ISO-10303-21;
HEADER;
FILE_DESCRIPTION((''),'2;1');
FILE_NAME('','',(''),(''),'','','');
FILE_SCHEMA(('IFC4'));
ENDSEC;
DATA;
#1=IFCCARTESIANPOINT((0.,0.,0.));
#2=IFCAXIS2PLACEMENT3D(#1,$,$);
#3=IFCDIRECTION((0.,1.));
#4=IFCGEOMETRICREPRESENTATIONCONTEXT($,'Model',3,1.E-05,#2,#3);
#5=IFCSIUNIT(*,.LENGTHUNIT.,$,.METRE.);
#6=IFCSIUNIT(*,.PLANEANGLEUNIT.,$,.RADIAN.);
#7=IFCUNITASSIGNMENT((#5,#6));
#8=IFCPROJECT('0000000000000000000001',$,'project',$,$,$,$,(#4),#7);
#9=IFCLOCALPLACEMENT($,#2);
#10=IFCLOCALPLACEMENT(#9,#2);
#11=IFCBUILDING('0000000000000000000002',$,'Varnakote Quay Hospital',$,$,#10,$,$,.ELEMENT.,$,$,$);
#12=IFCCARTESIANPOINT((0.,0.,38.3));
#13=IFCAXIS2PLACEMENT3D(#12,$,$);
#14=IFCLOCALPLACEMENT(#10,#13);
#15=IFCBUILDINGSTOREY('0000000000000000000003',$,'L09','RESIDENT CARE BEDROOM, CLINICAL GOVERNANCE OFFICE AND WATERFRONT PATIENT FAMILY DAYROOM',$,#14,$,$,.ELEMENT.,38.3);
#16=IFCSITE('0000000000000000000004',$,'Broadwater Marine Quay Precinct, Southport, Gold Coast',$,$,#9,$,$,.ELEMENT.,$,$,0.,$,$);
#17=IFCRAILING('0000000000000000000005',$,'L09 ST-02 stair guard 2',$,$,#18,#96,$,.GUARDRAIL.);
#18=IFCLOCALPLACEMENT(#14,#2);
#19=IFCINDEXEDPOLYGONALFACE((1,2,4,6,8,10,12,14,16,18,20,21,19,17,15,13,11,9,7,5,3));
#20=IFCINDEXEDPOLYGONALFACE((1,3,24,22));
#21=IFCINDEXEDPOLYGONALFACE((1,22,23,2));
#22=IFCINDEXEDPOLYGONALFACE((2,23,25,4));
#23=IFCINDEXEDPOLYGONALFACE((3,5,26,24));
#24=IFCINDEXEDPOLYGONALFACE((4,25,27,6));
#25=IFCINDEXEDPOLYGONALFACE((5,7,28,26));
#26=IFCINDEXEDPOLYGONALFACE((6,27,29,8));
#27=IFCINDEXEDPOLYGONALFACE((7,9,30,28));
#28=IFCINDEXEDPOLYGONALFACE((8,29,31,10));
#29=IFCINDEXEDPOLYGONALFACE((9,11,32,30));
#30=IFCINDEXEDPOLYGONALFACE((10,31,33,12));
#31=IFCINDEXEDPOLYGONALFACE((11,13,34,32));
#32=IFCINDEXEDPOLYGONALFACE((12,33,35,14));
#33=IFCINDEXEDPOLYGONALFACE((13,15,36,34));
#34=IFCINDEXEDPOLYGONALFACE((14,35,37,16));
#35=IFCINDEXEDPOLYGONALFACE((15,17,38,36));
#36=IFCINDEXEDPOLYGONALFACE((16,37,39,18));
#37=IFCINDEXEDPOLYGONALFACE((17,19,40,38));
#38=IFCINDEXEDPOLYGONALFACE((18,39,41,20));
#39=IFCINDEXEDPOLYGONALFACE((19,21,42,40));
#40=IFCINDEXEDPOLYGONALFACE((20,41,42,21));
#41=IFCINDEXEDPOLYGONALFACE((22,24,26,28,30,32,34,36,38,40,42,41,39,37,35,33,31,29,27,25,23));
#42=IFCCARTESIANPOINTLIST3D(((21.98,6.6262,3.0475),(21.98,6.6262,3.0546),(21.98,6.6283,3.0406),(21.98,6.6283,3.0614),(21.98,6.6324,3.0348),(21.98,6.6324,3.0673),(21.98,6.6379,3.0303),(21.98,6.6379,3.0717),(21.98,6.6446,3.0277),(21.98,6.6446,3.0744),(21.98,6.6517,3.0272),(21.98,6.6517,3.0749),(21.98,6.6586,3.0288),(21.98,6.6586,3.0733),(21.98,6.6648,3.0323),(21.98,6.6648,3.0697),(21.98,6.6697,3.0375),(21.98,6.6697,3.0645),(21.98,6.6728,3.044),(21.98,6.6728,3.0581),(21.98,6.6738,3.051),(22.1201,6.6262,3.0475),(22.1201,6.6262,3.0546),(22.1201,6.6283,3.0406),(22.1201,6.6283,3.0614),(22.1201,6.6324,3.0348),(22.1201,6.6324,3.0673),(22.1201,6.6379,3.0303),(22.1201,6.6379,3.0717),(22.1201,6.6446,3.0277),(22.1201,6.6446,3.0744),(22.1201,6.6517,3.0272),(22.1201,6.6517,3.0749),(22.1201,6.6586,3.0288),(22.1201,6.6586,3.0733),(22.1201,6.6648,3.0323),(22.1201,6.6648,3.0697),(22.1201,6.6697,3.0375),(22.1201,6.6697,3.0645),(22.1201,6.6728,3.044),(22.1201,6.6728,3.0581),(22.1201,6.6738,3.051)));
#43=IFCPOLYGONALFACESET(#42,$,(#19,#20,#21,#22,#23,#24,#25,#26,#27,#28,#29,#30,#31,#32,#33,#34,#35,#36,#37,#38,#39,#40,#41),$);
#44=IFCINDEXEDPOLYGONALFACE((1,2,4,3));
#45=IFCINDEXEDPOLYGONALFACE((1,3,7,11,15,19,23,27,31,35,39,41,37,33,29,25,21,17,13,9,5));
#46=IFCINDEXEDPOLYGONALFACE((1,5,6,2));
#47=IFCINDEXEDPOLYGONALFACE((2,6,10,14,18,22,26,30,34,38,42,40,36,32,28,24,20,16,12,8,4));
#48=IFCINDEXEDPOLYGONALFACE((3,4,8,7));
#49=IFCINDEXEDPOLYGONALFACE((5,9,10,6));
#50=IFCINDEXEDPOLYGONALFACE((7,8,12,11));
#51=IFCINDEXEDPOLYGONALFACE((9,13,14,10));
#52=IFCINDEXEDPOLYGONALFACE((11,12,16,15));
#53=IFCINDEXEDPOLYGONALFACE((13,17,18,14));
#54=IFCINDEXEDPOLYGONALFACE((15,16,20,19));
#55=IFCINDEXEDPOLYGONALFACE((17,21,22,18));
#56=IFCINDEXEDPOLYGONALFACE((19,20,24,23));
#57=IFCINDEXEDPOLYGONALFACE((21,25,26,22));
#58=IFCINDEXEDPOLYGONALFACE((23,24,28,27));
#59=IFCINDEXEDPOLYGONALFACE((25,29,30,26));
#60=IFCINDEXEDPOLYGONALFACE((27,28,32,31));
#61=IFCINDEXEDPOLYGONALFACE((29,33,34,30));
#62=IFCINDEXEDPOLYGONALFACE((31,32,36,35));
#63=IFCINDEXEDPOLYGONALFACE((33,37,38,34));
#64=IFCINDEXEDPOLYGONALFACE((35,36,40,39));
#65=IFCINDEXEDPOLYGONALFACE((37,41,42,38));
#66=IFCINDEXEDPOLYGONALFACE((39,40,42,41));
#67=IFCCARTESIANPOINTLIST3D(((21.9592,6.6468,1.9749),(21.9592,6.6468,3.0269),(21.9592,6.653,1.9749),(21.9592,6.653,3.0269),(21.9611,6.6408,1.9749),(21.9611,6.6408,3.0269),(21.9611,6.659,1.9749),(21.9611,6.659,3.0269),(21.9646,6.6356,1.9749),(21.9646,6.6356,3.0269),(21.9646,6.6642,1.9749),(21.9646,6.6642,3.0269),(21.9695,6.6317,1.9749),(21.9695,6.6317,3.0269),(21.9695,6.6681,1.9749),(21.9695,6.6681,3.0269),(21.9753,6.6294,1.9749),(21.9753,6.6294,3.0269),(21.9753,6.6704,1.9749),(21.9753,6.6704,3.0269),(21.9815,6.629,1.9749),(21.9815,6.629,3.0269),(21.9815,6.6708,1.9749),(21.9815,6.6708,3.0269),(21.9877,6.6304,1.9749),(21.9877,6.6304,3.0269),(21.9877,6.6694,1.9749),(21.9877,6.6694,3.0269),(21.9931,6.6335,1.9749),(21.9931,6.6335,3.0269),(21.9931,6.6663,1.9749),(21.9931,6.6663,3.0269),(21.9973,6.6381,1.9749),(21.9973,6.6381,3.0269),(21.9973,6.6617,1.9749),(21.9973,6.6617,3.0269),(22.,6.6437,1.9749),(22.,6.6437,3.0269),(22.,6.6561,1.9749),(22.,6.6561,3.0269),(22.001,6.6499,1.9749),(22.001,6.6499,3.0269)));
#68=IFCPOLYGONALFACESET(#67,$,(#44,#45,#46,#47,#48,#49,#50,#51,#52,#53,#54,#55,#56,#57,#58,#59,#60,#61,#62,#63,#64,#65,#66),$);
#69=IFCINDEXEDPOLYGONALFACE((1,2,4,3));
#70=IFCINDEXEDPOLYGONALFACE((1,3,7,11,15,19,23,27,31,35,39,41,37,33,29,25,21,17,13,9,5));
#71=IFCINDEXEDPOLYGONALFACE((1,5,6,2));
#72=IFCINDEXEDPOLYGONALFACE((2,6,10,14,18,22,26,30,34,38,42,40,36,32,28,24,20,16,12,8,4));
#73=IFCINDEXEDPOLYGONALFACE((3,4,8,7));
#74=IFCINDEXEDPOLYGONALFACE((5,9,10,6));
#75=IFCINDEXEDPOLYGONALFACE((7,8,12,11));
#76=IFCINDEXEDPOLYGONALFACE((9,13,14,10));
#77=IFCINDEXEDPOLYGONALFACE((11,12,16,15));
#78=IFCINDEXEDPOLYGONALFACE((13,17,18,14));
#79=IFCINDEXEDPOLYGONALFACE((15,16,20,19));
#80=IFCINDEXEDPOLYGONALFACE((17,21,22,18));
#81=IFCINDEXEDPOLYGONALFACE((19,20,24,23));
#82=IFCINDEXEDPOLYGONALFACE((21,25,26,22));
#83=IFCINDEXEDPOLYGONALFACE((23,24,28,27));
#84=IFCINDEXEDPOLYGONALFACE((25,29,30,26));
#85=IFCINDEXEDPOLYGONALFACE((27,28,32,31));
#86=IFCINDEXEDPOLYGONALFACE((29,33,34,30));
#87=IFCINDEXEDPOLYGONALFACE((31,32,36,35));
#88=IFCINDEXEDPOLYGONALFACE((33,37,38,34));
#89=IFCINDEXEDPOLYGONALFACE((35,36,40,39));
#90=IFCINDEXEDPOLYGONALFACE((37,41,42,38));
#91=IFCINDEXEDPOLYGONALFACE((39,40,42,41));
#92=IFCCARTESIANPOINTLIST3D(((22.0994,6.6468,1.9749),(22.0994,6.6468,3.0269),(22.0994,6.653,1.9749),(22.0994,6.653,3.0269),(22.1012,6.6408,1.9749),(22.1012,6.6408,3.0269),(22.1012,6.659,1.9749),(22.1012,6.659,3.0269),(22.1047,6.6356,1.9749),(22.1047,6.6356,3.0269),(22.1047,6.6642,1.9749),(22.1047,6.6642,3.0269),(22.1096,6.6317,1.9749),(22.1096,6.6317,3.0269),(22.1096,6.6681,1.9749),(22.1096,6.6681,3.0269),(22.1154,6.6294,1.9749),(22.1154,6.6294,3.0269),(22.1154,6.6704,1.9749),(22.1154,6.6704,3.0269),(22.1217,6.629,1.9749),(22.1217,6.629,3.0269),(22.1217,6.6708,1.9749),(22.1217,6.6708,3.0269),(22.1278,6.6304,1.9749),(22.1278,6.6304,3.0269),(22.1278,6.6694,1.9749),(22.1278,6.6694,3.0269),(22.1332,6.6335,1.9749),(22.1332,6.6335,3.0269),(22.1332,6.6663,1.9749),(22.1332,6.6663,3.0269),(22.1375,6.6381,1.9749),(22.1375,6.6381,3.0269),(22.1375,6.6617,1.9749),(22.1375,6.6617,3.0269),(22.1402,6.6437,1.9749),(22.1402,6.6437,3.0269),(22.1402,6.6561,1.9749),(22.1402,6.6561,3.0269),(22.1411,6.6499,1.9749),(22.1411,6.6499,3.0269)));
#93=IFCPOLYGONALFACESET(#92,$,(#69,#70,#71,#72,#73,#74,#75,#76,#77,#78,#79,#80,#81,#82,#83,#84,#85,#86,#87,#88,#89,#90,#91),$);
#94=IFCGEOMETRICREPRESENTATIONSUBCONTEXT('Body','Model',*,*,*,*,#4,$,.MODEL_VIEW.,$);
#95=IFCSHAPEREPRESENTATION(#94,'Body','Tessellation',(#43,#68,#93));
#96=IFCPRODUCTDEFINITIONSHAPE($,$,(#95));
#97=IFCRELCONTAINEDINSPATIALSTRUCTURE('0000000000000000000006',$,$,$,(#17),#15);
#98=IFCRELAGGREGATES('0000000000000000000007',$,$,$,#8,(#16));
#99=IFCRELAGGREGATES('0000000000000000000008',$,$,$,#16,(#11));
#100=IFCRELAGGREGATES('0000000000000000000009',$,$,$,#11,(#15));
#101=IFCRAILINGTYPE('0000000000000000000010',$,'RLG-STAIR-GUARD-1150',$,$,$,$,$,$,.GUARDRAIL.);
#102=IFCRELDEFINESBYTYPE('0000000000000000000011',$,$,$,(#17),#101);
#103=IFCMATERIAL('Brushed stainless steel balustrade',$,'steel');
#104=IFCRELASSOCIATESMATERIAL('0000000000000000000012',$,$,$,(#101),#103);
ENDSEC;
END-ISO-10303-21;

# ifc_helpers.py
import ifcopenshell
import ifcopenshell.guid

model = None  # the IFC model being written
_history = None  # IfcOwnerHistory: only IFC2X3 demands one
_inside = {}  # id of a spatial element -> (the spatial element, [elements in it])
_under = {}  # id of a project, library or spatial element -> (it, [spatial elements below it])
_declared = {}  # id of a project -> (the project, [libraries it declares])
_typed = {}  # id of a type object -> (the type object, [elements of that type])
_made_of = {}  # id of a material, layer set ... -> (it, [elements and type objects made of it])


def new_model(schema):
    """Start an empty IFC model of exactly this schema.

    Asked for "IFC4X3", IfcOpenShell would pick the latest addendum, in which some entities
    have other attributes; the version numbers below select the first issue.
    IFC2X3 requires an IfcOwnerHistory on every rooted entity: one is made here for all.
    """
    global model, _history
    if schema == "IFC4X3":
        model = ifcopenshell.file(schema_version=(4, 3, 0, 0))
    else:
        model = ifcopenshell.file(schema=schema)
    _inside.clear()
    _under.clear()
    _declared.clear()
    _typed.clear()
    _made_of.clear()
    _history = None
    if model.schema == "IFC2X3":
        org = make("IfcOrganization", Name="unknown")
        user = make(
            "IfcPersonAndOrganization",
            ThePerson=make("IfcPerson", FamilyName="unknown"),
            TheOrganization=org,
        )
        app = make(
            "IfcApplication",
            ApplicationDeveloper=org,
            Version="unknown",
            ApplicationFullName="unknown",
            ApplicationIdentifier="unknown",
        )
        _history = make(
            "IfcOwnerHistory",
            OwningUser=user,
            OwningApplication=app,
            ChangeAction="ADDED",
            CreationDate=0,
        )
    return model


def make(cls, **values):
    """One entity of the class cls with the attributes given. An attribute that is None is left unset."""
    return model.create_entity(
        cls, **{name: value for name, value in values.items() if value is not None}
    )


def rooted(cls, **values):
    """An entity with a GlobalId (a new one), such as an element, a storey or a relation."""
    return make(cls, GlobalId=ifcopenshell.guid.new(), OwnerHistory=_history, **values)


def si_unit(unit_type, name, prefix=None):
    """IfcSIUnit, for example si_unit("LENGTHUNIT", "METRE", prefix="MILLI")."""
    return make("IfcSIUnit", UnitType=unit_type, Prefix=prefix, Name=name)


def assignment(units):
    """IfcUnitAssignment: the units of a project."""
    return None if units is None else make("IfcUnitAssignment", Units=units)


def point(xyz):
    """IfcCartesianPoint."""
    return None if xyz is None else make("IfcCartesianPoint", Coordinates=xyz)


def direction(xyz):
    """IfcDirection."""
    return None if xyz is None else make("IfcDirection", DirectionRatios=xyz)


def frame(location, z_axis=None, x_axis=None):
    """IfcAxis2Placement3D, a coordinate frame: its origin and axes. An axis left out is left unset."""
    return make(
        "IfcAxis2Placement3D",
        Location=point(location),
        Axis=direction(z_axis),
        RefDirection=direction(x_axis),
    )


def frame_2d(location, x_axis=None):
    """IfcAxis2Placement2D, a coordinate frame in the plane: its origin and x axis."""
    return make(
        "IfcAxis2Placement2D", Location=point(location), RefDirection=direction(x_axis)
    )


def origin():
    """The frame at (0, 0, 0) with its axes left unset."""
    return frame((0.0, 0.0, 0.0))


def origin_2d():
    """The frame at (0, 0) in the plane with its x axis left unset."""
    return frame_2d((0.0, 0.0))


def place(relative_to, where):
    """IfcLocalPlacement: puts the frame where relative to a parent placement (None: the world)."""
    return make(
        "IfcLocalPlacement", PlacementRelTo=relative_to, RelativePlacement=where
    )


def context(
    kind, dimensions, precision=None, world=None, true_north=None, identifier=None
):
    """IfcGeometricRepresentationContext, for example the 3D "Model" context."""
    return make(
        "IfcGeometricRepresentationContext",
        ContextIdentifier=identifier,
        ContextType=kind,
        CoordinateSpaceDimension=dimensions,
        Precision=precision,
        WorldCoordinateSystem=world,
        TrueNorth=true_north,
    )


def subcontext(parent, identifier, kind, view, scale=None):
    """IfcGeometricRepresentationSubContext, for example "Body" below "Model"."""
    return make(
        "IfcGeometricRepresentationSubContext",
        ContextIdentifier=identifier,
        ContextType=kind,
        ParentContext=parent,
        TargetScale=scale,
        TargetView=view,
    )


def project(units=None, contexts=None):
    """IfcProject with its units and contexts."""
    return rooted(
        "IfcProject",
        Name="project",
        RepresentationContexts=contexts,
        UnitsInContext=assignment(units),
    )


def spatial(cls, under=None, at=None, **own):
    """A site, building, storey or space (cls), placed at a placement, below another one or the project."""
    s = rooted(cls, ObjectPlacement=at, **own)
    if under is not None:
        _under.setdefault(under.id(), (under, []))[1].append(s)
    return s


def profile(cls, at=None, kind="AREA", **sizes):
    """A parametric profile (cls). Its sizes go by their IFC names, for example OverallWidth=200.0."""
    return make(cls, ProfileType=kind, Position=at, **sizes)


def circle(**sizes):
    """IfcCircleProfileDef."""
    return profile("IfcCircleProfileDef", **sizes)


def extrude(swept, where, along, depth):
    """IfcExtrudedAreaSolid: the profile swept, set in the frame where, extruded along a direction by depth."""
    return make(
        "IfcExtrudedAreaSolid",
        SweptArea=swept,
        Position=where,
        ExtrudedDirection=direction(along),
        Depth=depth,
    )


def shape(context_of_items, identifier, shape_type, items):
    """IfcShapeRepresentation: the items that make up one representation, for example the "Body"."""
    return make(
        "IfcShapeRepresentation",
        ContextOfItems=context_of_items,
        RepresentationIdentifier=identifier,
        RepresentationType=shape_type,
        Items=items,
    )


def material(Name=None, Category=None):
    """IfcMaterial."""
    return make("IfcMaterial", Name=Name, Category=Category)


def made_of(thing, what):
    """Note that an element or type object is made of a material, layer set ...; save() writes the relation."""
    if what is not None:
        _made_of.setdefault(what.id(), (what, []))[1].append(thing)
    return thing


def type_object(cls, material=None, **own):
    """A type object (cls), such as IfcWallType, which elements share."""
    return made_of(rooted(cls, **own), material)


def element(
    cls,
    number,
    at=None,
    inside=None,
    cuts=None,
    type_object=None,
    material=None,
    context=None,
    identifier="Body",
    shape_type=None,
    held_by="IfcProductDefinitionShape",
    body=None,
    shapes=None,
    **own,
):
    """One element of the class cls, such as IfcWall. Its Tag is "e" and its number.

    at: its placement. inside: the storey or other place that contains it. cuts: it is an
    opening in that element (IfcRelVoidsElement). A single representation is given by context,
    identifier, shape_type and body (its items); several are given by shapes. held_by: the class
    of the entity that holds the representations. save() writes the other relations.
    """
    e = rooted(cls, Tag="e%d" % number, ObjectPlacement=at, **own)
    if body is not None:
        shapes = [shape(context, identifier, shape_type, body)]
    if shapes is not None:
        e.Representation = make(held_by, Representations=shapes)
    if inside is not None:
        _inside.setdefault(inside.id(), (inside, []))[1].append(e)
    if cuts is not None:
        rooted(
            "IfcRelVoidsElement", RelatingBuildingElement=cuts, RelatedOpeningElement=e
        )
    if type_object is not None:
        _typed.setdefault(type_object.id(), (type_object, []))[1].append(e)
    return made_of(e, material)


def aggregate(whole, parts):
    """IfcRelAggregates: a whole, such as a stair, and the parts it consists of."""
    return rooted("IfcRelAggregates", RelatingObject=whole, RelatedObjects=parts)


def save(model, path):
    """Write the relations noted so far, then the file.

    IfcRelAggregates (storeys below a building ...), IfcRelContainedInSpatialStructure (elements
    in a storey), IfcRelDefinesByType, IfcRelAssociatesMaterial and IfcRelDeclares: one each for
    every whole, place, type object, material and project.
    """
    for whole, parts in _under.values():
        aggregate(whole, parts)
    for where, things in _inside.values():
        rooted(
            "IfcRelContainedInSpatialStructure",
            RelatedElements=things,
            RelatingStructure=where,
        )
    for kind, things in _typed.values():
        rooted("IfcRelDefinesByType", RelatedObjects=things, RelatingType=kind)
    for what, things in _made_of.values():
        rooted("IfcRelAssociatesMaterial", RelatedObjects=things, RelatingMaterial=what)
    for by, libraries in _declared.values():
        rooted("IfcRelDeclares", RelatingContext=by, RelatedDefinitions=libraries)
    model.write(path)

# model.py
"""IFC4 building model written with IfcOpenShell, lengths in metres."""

from ifc_helpers import new_model, si_unit, direction, frame, origin, origin_2d, place, context, subcontext, project, spatial, circle, extrude, material, type_object, element, save


model = new_model("IFC4")

# Units and contexts
model_context = context("Model", 3, precision=1e-05, world=origin(), true_north=direction((0.0, 1.0)))
body_context = subcontext(model_context, "Body", "Model", "MODEL_VIEW")
ifc_project = project(units=[si_unit("LENGTHUNIT", "METRE"), si_unit("PLANEANGLEUNIT", "RADIAN")], contexts=[model_context])

# Site, building, storey
site_placement = place(None, origin())
site = spatial("IfcSite", under=ifc_project, at=site_placement, Name="Broadwater Marine Quay Precinct, Southport, Gold Coast", CompositionType="ELEMENT", RefElevation=0.0)
building_placement = place(site_placement, origin())
building = spatial("IfcBuilding", under=site, at=building_placement, Name="Varnakote Quay Hospital", CompositionType="ELEMENT")
storey_placement = place(building_placement, frame((0.0, 0.0, 38.3)))
storey = spatial("IfcBuildingStorey", under=building, at=storey_placement, Name="L09", Description="RESIDENT CARE BEDROOM, CLINICAL GOVERNANCE OFFICE AND WATERFRONT PATIENT FAMILY DAYROOM", CompositionType="ELEMENT", Elevation=38.3)

# Railing
ifc_material_1 = material(Name="Brushed stainless steel balustrade", Category="steel")
railing_type_1 = type_object("IfcRailingType", Name="RLG-STAIR-GUARD-1150", PredefinedType="GUARDRAIL", material=ifc_material_1)
railing_1_placement = place(storey_placement, frame((21.98, 6.6499, 1.9749)))
element("IfcRailing", 1, at=railing_1_placement, inside=storey, type_object=railing_type_1, Name="L09 ST-02 stair guard 2", PredefinedType="GUARDRAIL", context=body_context, shape_type="SweptSolid", body=[
    extrude(circle(Radius=0.0239, at=origin_2d()), frame((0.0, 0.0, 1.0762), z_axis=(1.0, 0.0, 0.0), x_axis=(0.0, 1.0, 0.0)), (0.0, 0.0, 1.0), 0.1401),
    extrude(circle(Radius=0.021, at=origin_2d()), origin(), (0.0, 0.0, 1.0), 1.052),
    extrude(circle(Radius=0.021, at=origin_2d()), frame((0.1401, 0.0, 0.0)), (0.0, 0.0, 1.0), 1.052),
])

save(model, "model.ifc")
